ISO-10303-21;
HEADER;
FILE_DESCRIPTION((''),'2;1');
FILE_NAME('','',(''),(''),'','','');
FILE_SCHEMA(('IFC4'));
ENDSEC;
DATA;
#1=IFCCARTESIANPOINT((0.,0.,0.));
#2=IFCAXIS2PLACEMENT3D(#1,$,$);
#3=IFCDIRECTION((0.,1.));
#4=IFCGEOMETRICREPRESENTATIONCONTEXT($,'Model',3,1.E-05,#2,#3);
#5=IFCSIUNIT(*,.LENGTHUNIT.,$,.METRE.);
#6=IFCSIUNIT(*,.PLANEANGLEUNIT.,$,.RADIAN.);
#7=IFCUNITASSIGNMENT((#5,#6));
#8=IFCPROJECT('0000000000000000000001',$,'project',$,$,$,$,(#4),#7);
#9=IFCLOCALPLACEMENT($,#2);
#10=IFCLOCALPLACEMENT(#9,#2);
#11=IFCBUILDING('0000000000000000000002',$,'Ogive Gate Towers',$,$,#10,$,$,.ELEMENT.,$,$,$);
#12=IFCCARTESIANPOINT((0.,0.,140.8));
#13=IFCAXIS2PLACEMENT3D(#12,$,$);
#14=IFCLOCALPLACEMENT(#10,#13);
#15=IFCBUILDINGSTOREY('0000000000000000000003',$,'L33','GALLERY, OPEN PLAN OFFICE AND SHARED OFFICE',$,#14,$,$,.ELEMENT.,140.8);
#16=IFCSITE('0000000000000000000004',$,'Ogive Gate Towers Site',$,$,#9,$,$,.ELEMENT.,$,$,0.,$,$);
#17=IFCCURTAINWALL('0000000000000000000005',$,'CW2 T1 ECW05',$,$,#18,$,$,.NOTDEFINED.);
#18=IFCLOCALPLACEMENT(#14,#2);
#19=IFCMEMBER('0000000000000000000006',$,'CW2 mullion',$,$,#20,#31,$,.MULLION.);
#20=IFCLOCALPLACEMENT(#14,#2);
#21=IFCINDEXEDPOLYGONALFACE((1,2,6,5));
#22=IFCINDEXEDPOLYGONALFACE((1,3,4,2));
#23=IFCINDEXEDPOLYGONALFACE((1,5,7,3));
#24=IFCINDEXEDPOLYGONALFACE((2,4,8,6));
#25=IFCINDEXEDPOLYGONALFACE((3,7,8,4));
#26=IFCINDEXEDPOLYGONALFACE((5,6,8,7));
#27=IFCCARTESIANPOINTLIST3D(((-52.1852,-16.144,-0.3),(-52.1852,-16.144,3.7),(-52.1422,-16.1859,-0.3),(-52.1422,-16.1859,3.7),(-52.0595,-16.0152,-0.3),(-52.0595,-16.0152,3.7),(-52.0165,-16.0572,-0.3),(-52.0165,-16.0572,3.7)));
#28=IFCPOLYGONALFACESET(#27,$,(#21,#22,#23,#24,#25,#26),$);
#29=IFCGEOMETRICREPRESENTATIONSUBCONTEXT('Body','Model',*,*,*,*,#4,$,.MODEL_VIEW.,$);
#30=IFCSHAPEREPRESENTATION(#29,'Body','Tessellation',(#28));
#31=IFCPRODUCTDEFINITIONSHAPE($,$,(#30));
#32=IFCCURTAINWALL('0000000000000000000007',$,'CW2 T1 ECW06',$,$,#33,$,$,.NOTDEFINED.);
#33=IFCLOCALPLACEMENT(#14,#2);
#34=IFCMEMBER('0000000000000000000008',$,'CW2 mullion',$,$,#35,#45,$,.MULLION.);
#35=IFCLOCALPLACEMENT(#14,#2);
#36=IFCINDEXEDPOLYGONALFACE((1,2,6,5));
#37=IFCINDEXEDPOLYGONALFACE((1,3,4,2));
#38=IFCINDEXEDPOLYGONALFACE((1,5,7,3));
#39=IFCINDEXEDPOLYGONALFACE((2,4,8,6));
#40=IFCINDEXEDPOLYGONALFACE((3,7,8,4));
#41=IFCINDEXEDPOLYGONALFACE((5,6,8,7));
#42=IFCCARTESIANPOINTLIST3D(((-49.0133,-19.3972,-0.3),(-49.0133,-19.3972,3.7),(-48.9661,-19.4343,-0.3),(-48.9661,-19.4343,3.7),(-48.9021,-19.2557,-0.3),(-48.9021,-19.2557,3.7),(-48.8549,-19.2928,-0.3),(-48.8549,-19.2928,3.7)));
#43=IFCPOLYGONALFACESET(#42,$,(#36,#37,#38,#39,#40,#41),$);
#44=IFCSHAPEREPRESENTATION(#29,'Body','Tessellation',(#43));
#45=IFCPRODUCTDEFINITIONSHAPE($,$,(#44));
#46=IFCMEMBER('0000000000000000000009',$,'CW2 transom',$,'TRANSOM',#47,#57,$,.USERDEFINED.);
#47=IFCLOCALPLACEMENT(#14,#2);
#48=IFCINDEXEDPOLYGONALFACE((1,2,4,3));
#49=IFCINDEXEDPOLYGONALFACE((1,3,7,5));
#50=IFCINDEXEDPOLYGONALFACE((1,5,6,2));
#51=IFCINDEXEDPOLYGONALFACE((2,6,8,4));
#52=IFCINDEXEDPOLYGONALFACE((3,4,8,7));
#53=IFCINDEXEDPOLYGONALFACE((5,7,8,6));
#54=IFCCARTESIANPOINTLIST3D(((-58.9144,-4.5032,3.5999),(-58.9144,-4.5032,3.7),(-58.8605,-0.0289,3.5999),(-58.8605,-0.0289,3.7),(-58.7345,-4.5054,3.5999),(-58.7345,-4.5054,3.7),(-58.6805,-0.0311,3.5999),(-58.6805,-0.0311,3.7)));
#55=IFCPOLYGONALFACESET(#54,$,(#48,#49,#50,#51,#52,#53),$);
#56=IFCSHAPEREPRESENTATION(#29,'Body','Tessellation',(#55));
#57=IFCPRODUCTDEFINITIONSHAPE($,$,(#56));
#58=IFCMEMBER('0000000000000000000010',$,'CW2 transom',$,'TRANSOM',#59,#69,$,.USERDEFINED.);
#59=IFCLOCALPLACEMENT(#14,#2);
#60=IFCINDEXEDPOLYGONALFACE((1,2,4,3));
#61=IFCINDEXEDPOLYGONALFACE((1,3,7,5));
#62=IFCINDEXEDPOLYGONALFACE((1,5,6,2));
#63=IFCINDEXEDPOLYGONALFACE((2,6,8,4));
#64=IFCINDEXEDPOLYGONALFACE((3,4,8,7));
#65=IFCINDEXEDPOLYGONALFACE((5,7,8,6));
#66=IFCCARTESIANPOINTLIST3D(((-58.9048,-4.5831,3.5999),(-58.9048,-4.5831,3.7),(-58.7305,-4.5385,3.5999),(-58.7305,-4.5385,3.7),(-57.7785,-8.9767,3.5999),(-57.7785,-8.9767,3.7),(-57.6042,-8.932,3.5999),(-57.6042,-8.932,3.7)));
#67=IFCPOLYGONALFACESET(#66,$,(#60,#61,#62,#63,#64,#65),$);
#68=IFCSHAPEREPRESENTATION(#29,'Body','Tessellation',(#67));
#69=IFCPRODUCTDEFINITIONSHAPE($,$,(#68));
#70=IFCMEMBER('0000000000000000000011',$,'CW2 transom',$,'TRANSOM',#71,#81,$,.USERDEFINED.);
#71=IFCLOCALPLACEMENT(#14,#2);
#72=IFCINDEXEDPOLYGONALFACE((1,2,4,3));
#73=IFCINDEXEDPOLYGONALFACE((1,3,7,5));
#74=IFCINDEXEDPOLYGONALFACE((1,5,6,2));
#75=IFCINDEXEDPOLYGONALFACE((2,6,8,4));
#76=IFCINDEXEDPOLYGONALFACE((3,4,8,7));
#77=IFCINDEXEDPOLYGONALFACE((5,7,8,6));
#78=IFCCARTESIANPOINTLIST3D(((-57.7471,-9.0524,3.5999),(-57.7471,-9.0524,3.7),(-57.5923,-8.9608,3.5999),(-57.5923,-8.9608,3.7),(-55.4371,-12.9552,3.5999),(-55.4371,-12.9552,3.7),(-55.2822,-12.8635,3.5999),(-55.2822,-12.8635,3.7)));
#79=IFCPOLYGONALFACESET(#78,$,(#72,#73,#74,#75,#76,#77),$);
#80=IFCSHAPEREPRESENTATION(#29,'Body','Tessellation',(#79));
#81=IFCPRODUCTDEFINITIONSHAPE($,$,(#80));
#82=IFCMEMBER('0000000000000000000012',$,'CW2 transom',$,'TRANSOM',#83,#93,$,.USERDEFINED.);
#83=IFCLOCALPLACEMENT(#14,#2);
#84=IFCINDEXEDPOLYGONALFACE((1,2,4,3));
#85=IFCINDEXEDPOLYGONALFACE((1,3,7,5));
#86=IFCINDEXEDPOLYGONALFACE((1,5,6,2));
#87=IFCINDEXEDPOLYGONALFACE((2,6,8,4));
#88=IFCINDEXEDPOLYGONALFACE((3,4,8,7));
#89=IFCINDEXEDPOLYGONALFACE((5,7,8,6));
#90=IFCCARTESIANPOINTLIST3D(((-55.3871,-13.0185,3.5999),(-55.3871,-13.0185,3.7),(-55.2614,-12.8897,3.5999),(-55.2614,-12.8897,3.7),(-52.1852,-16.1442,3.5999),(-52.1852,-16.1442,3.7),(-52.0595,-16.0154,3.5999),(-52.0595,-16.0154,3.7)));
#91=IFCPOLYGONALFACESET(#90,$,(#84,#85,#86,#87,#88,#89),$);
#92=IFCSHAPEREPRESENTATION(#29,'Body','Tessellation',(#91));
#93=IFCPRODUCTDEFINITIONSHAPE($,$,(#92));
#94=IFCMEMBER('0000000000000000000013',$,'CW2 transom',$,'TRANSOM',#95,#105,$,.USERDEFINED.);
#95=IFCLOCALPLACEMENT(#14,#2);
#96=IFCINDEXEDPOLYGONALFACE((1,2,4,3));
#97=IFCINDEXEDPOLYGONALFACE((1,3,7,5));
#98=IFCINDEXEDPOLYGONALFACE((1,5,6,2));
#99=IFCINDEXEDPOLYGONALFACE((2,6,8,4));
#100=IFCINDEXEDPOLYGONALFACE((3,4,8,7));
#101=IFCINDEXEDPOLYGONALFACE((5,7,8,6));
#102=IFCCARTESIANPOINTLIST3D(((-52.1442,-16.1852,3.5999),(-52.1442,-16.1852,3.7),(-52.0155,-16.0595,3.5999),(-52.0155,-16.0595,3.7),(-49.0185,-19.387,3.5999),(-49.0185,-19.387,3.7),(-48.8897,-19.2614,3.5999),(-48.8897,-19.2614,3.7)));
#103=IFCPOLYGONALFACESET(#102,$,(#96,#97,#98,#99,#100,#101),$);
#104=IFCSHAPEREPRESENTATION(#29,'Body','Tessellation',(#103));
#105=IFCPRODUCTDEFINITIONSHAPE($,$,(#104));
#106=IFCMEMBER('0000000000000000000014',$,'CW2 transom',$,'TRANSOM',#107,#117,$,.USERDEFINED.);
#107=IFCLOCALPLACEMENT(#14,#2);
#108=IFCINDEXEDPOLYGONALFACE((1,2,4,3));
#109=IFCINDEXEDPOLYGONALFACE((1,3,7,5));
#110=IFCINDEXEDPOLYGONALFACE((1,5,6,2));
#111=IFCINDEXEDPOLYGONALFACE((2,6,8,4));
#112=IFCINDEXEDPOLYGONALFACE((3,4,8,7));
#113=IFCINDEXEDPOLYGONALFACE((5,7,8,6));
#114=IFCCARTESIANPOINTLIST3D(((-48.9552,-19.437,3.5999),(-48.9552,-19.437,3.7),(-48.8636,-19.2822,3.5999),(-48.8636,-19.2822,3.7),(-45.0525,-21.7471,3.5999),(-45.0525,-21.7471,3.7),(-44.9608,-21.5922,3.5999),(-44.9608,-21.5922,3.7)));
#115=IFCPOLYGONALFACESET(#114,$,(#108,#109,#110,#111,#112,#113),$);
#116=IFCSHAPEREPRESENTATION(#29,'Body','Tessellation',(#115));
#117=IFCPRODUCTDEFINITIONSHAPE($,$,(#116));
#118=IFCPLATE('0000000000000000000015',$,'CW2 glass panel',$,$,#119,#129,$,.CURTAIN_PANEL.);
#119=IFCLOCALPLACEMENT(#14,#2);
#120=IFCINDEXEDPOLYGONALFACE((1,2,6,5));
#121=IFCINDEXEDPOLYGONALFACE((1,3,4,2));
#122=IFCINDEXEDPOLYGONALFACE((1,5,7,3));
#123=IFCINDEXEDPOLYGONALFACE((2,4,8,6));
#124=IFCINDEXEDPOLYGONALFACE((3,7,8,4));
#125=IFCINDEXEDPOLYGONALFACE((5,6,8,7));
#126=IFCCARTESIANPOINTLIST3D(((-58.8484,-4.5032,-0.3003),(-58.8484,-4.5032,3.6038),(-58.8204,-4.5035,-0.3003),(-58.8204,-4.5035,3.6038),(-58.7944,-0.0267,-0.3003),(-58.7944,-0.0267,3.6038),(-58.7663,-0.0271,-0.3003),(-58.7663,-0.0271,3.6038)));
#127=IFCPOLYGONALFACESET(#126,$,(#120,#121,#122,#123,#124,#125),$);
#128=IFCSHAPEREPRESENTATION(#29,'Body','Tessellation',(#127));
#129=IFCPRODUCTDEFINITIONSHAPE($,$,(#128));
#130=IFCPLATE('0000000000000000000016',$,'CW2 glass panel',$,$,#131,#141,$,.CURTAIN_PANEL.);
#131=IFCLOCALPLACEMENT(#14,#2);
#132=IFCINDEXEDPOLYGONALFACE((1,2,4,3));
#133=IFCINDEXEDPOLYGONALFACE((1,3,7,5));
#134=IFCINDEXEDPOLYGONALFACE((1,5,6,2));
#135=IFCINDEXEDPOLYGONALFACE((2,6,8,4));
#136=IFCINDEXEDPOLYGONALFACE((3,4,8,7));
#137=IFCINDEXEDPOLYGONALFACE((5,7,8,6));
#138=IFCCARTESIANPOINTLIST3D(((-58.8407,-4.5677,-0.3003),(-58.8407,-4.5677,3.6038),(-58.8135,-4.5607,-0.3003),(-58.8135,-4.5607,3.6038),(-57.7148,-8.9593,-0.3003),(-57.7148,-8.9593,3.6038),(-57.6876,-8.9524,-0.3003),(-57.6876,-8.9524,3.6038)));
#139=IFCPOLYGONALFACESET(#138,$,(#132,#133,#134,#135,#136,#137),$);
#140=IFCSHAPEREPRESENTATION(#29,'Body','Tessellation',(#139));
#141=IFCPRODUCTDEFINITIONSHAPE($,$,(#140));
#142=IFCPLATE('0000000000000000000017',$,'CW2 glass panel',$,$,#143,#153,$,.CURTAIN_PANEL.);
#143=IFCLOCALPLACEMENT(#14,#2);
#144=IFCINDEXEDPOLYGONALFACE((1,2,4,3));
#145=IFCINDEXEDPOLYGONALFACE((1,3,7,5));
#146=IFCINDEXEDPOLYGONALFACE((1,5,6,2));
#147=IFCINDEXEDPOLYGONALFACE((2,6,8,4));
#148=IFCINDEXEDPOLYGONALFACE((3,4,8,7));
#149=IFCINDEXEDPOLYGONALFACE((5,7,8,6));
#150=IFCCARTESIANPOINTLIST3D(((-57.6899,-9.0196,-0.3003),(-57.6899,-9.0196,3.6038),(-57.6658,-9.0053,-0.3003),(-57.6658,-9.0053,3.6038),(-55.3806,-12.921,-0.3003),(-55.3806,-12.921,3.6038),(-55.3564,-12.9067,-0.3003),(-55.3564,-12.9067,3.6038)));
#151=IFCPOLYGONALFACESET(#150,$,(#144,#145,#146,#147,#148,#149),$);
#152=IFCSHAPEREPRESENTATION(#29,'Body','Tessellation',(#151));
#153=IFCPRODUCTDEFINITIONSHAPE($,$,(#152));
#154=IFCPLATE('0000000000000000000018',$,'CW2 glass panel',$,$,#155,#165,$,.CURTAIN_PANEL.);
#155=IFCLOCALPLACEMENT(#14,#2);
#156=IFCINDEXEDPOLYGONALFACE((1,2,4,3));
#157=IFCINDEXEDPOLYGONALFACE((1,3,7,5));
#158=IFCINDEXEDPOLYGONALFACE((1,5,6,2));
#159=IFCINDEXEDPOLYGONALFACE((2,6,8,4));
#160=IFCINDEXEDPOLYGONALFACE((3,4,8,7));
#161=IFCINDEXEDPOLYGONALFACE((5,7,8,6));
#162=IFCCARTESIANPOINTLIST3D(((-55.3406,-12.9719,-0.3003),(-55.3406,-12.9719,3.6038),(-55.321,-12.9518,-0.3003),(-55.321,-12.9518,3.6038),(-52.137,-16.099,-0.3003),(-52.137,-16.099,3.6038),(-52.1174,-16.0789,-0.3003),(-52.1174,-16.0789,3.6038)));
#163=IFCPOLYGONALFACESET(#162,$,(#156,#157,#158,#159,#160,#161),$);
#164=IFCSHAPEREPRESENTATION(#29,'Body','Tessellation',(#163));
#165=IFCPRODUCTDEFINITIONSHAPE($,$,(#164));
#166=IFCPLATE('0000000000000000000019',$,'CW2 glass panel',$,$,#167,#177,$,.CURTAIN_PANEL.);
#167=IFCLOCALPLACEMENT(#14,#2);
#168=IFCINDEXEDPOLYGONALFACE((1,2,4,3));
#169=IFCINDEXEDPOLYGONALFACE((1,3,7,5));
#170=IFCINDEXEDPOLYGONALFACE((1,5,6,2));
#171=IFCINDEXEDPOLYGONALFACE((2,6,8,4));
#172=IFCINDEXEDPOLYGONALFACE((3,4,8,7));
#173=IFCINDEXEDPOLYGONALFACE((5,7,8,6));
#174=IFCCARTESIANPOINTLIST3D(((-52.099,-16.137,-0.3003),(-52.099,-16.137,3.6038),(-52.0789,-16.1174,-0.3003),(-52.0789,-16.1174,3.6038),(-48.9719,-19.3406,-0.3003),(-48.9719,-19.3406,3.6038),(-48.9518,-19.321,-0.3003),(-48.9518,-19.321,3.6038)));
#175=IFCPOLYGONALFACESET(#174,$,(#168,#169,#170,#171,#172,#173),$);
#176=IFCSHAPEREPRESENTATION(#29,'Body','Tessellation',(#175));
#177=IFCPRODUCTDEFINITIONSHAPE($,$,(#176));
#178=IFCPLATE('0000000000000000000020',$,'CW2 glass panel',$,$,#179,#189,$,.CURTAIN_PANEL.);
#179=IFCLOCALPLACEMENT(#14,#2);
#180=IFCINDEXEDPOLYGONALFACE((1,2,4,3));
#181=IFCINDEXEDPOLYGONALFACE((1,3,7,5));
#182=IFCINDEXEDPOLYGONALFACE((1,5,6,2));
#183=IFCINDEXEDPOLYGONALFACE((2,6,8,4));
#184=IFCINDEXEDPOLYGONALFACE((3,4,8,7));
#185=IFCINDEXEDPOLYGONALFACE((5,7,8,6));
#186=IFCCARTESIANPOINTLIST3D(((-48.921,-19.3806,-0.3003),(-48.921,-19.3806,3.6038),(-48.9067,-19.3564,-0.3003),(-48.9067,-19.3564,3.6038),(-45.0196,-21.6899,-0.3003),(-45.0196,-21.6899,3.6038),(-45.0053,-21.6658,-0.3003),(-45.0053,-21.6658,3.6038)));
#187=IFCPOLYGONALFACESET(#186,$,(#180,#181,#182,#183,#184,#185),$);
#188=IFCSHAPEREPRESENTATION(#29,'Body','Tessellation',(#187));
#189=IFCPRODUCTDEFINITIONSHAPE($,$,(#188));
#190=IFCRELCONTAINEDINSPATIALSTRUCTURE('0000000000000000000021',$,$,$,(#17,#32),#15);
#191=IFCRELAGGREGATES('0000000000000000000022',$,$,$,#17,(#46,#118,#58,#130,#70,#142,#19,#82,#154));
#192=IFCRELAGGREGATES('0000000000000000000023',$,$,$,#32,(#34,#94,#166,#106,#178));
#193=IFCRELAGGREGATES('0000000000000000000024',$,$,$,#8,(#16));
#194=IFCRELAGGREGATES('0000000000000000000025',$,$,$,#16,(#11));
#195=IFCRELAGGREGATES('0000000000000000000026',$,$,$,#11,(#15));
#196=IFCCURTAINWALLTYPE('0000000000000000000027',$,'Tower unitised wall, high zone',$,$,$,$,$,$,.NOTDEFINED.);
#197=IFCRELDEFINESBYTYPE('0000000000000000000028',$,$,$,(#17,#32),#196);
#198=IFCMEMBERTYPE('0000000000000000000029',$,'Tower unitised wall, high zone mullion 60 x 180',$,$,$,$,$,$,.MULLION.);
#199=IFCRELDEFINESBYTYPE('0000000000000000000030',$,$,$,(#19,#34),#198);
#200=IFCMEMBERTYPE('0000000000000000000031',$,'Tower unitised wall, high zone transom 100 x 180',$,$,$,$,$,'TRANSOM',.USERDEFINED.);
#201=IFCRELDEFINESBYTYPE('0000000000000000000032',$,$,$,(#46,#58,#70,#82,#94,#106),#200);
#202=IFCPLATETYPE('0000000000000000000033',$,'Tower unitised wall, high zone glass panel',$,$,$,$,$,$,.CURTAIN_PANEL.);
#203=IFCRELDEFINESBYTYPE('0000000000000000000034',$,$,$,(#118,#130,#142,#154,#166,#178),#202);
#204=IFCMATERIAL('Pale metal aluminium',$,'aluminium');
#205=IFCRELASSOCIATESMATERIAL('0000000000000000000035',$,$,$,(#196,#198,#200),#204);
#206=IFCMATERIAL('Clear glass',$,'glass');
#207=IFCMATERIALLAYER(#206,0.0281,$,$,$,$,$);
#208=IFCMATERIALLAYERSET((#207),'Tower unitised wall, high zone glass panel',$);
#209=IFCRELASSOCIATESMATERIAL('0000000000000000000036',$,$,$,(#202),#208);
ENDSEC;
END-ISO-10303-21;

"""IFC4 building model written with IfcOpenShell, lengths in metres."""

from ifc_helpers import new_model, si_unit, direction, frame, origin, origin_2d, place, context, subcontext, project, spatial, rectangle, extrude, material, layer, layer_set, material_profile, profile_set, type_object, element, aggregate, save


model = new_model("IFC4")

# Units and contexts
model_context = context("Model", 3, precision=1e-05, world=origin(), true_north=direction((0.0, 1.0)))
body_context = subcontext(model_context, "Body", "Model", "MODEL_VIEW")
ifc_project = project(units=[si_unit("LENGTHUNIT", "METRE"), si_unit("PLANEANGLEUNIT", "RADIAN")], contexts=[model_context])

# Site, building, storey
site_placement = place(None, origin())
site = spatial("IfcSite", under=ifc_project, at=site_placement, Name="Ogive Gate Towers Site", CompositionType="ELEMENT", RefElevation=0.0)
building_placement = place(site_placement, origin())
building = spatial("IfcBuilding", under=site, at=building_placement, Name="Ogive Gate Towers", CompositionType="ELEMENT")
storey_placement = place(building_placement, frame((0.0, 0.0, 140.8)))
storey = spatial("IfcBuildingStorey", under=building, at=storey_placement, Name="L33", Description="GALLERY, OPEN PLAN OFFICE AND SHARED OFFICE", CompositionType="ELEMENT", Elevation=140.8)

# Shared definitions
ifc_material_1 = material(Name="Pale metal aluminium", Category="aluminium")
curtain_wall_type = type_object("IfcCurtainWallType", Name="Tower unitised wall, high zone", PredefinedType="NOTDEFINED", material=ifc_material_1)
ifc_material_profile_1 = material_profile(ifc_material_1, rectangle(XDim=0.1799, YDim=0.0601, at=origin_2d()), Name="60 x 180 aluminium box")
ifc_profile_set_1 = profile_set([ifc_material_profile_1], Name="Pale metal aluminium")
member_type_1 = type_object("IfcMemberType", Name="Tower unitised wall, high zone mullion 60 x 180", PredefinedType="MULLION", material=ifc_profile_set_1)

# Curtain wall, member
curtain_wall_1_placement = place(storey_placement, origin())
curtain_wall_1 = element("IfcCurtainWall", 1, at=curtain_wall_1_placement, inside=storey, type_object=curtain_wall_type, Name="CW2 T1 ECW05", PredefinedType="NOTDEFINED")
member_1_placement = place(storey_placement, frame((-52.1008, -16.1006, -0.3), z_axis=(0.0, 0.0, 1.0), x_axis=(-0.698515, -0.715595, 0.0)))
member_1 = element("IfcMember", 2, at=member_1_placement, type_object=member_type_1, Name="CW2 mullion", PredefinedType="MULLION", context=body_context, shape_type="SweptSolid", body=[
    extrude(rectangle(XDim=0.1799, YDim=0.0601, at=origin_2d()), origin(), (0.0, 0.0, 1.0), 4.0),
])

# Curtain wall, member
curtain_wall_2_placement = place(storey_placement, origin())
curtain_wall_2 = element("IfcCurtainWall", 3, at=curtain_wall_2_placement, inside=storey, type_object=curtain_wall_type, Name="CW2 T1 ECW06", PredefinedType="NOTDEFINED")
member_2_placement = place(storey_placement, frame((-48.9341, -19.345, -0.3), z_axis=(0.0, 0.0, 1.0), x_axis=(-0.617818, -0.786321, 0.0)))
member_2 = element("IfcMember", 4, at=member_2_placement, type_object=member_type_1, Name="CW2 mullion", PredefinedType="MULLION", context=body_context, shape_type="SweptSolid", body=[
    extrude(rectangle(XDim=0.1799, YDim=0.0601, at=origin_2d()), origin(), (0.0, 0.0, 1.0), 4.0),
])

# Members
ifc_material_profile_2 = material_profile(ifc_material_1, rectangle(XDim=0.1799, YDim=0.1001, at=origin_2d()), Name="100 x 180 aluminium box")
ifc_profile_set_2 = profile_set([ifc_material_profile_2], Name="Pale metal aluminium")
member_type_2 = type_object("IfcMemberType", Name="Tower unitised wall, high zone transom 100 x 180", ElementType="TRANSOM", PredefinedType="USERDEFINED", material=ifc_profile_set_2)
member_3_placement = place(storey_placement, frame((-58.7705, -0.03, 3.6499), z_axis=(-0.012058, -0.999927, 0.0), x_axis=(0.999927, -0.012058, 0.0)))
member_3 = element("IfcMember", 5, at=member_3_placement, type_object=member_type_2, Name="CW2 transom", ObjectType="TRANSOM", PredefinedType="USERDEFINED", context=body_context, shape_type="SweptSolid", body=[
    extrude(rectangle(XDim=0.1799, YDim=0.1001, at=origin_2d()), origin(), (0.0, 0.0, 1.0), 4.4746),
])
member_4_placement = place(storey_placement, frame((-58.8176, -4.5608, 3.6499), z_axis=(0.248307, -0.968681, 0.0), x_axis=(0.968681, 0.248307, 0.0)))
member_4 = element("IfcMember", 6, at=member_4_placement, type_object=member_type_2, Name="CW2 transom", ObjectType="TRANSOM", PredefinedType="USERDEFINED", context=body_context, shape_type="SweptSolid", body=[
    extrude(rectangle(XDim=0.1799, YDim=0.1001, at=origin_2d()), origin(), (0.0, 0.0, 1.0), 4.5356),
])
member_5_placement = place(storey_placement, frame((-57.6697, -9.0066, 3.6499), z_axis=(0.509357, -0.860555, 0.0), x_axis=(0.860555, 0.509357, 0.0)))
member_5 = element("IfcMember", 7, at=member_5_placement, type_object=member_type_2, Name="CW2 transom", ObjectType="TRANSOM", PredefinedType="USERDEFINED", context=body_context, shape_type="SweptSolid", body=[
    extrude(rectangle(XDim=0.1799, YDim=0.1001, at=origin_2d()), origin(), (0.0, 0.0, 1.0), 4.5352),
])
member_6_placement = place(storey_placement, frame((-55.3242, -12.9541, 3.6499), z_axis=(0.715567, -0.698544, 0.0), x_axis=(0.698544, 0.715567, 0.0)))
member_6 = element("IfcMember", 8, at=member_6_placement, type_object=member_type_2, Name="CW2 transom", ObjectType="TRANSOM", PredefinedType="USERDEFINED", context=body_context, shape_type="SweptSolid", body=[
    extrude(rectangle(XDim=0.1799, YDim=0.1001, at=origin_2d()), origin(), (0.0, 0.0, 1.0), 4.4746),
])
member_7_placement = place(storey_placement, frame((-52.0798, -16.1223, 3.6499), z_axis=(0.698544, -0.715567, 0.0), x_axis=(0.715567, 0.698544, 0.0)))
member_7 = element("IfcMember", 9, at=member_7_placement, type_object=member_type_2, Name="CW2 transom", ObjectType="TRANSOM", PredefinedType="USERDEFINED", context=body_context, shape_type="SweptSolid", body=[
    extrude(rectangle(XDim=0.1799, YDim=0.1001, at=origin_2d()), origin(), (0.0, 0.0, 1.0), 4.4746),
])
member_8_placement = place(storey_placement, frame((-48.9094, -19.3596, 3.6499), z_axis=(0.860555, -0.509357, 0.0), x_axis=(0.509357, 0.860555, 0.0)))
member_8 = element("IfcMember", 10, at=member_8_placement, type_object=member_type_2, Name="CW2 transom", ObjectType="TRANSOM", PredefinedType="USERDEFINED", context=body_context, shape_type="SweptSolid", body=[
    extrude(rectangle(XDim=0.1799, YDim=0.1001, at=origin_2d()), origin(), (0.0, 0.0, 1.0), 4.5352),
])

# Plates
ifc_material_2 = material(Name="Clear glass", Category="glass")
ifc_layer_1 = layer(ifc_material_2, 0.0281)
ifc_layer_set_1 = layer_set([ifc_layer_1], Name="Tower unitised wall, high zone glass panel")
plate_type = type_object("IfcPlateType", Name="Tower unitised wall, high zone glass panel", PredefinedType="CURTAIN_PANEL", material=ifc_layer_set_1)
plate_1_placement = place(storey_placement, frame((-58.8074, -2.2651, -0.3003), z_axis=(0.0, 0.0, 1.0), x_axis=(-0.012077, -0.999927, 0.0)))
plate_1 = element("IfcPlate", 11, at=plate_1_placement, type_object=plate_type, Name="CW2 glass panel", PredefinedType="CURTAIN_PANEL", context=body_context, shape_type="SweptSolid", body=[
    extrude(rectangle(XDim=4.4768, YDim=0.0281, at=origin_2d()), origin(), (0.0, 0.0, 1.0), 3.9041),
])
plate_2_placement = place(storey_placement, frame((-58.2642, -6.76, -0.3003), z_axis=(0.0, 0.0, 1.0), x_axis=(0.248335, -0.968674, 0.0)))
plate_2 = element("IfcPlate", 12, at=plate_2_placement, type_object=plate_type, Name="CW2 glass panel", PredefinedType="CURTAIN_PANEL", context=body_context, shape_type="SweptSolid", body=[
    extrude(rectangle(XDim=4.5337, YDim=0.0281, at=origin_2d()), origin(), (0.0, 0.0, 1.0), 3.9041),
])
plate_3_placement = place(storey_placement, frame((-56.5232, -10.9631, -0.3003), z_axis=(0.0, 0.0, 1.0), x_axis=(0.509372, -0.860547, 0.0)))
plate_3 = element("IfcPlate", 13, at=plate_3_placement, type_object=plate_type, Name="CW2 glass panel", PredefinedType="CURTAIN_PANEL", context=body_context, shape_type="SweptSolid", body=[
    extrude(rectangle(XDim=4.5337, YDim=0.0281, at=origin_2d()), origin(), (0.0, 0.0, 1.0), 3.9041),
])
plate_4_placement = place(storey_placement, frame((-53.729, -14.5254, -0.3003), z_axis=(0.0, 0.0, 1.0), x_axis=(0.715595, -0.698515, 0.0)))
plate_4 = element("IfcPlate", 14, at=plate_4_placement, type_object=plate_type, Name="CW2 glass panel", PredefinedType="CURTAIN_PANEL", context=body_context, shape_type="SweptSolid", body=[
    extrude(rectangle(XDim=4.4768, YDim=0.0281, at=origin_2d()), origin(), (0.0, 0.0, 1.0), 3.9041),
])
aggregate(curtain_wall_1, [member_3, plate_1, member_4, plate_2, member_5, plate_3, member_1, member_6, plate_4])
plate_5_placement = place(storey_placement, frame((-50.5254, -17.729, -0.3003), z_axis=(0.0, 0.0, 1.0), x_axis=(0.698515, -0.715595, 0.0)))
plate_5 = element("IfcPlate", 15, at=plate_5_placement, type_object=plate_type, Name="CW2 glass panel", PredefinedType="CURTAIN_PANEL", context=body_context, shape_type="SweptSolid", body=[
    extrude(rectangle(XDim=4.4768, YDim=0.0281, at=origin_2d()), origin(), (0.0, 0.0, 1.0), 3.9041),
])
plate_6_placement = place(storey_placement, frame((-46.9631, -20.5232, -0.3003), z_axis=(0.0, 0.0, 1.0), x_axis=(0.860547, -0.509372, 0.0)))
plate_6 = element("IfcPlate", 16, at=plate_6_placement, type_object=plate_type, Name="CW2 glass panel", PredefinedType="CURTAIN_PANEL", context=body_context, shape_type="SweptSolid", body=[
    extrude(rectangle(XDim=4.5337, YDim=0.0281, at=origin_2d()), origin(), (0.0, 0.0, 1.0), 3.9041),
])
aggregate(curtain_wall_2, [member_2, member_7, plate_5, member_8, plate_6])

save(model, "model.ifc")
